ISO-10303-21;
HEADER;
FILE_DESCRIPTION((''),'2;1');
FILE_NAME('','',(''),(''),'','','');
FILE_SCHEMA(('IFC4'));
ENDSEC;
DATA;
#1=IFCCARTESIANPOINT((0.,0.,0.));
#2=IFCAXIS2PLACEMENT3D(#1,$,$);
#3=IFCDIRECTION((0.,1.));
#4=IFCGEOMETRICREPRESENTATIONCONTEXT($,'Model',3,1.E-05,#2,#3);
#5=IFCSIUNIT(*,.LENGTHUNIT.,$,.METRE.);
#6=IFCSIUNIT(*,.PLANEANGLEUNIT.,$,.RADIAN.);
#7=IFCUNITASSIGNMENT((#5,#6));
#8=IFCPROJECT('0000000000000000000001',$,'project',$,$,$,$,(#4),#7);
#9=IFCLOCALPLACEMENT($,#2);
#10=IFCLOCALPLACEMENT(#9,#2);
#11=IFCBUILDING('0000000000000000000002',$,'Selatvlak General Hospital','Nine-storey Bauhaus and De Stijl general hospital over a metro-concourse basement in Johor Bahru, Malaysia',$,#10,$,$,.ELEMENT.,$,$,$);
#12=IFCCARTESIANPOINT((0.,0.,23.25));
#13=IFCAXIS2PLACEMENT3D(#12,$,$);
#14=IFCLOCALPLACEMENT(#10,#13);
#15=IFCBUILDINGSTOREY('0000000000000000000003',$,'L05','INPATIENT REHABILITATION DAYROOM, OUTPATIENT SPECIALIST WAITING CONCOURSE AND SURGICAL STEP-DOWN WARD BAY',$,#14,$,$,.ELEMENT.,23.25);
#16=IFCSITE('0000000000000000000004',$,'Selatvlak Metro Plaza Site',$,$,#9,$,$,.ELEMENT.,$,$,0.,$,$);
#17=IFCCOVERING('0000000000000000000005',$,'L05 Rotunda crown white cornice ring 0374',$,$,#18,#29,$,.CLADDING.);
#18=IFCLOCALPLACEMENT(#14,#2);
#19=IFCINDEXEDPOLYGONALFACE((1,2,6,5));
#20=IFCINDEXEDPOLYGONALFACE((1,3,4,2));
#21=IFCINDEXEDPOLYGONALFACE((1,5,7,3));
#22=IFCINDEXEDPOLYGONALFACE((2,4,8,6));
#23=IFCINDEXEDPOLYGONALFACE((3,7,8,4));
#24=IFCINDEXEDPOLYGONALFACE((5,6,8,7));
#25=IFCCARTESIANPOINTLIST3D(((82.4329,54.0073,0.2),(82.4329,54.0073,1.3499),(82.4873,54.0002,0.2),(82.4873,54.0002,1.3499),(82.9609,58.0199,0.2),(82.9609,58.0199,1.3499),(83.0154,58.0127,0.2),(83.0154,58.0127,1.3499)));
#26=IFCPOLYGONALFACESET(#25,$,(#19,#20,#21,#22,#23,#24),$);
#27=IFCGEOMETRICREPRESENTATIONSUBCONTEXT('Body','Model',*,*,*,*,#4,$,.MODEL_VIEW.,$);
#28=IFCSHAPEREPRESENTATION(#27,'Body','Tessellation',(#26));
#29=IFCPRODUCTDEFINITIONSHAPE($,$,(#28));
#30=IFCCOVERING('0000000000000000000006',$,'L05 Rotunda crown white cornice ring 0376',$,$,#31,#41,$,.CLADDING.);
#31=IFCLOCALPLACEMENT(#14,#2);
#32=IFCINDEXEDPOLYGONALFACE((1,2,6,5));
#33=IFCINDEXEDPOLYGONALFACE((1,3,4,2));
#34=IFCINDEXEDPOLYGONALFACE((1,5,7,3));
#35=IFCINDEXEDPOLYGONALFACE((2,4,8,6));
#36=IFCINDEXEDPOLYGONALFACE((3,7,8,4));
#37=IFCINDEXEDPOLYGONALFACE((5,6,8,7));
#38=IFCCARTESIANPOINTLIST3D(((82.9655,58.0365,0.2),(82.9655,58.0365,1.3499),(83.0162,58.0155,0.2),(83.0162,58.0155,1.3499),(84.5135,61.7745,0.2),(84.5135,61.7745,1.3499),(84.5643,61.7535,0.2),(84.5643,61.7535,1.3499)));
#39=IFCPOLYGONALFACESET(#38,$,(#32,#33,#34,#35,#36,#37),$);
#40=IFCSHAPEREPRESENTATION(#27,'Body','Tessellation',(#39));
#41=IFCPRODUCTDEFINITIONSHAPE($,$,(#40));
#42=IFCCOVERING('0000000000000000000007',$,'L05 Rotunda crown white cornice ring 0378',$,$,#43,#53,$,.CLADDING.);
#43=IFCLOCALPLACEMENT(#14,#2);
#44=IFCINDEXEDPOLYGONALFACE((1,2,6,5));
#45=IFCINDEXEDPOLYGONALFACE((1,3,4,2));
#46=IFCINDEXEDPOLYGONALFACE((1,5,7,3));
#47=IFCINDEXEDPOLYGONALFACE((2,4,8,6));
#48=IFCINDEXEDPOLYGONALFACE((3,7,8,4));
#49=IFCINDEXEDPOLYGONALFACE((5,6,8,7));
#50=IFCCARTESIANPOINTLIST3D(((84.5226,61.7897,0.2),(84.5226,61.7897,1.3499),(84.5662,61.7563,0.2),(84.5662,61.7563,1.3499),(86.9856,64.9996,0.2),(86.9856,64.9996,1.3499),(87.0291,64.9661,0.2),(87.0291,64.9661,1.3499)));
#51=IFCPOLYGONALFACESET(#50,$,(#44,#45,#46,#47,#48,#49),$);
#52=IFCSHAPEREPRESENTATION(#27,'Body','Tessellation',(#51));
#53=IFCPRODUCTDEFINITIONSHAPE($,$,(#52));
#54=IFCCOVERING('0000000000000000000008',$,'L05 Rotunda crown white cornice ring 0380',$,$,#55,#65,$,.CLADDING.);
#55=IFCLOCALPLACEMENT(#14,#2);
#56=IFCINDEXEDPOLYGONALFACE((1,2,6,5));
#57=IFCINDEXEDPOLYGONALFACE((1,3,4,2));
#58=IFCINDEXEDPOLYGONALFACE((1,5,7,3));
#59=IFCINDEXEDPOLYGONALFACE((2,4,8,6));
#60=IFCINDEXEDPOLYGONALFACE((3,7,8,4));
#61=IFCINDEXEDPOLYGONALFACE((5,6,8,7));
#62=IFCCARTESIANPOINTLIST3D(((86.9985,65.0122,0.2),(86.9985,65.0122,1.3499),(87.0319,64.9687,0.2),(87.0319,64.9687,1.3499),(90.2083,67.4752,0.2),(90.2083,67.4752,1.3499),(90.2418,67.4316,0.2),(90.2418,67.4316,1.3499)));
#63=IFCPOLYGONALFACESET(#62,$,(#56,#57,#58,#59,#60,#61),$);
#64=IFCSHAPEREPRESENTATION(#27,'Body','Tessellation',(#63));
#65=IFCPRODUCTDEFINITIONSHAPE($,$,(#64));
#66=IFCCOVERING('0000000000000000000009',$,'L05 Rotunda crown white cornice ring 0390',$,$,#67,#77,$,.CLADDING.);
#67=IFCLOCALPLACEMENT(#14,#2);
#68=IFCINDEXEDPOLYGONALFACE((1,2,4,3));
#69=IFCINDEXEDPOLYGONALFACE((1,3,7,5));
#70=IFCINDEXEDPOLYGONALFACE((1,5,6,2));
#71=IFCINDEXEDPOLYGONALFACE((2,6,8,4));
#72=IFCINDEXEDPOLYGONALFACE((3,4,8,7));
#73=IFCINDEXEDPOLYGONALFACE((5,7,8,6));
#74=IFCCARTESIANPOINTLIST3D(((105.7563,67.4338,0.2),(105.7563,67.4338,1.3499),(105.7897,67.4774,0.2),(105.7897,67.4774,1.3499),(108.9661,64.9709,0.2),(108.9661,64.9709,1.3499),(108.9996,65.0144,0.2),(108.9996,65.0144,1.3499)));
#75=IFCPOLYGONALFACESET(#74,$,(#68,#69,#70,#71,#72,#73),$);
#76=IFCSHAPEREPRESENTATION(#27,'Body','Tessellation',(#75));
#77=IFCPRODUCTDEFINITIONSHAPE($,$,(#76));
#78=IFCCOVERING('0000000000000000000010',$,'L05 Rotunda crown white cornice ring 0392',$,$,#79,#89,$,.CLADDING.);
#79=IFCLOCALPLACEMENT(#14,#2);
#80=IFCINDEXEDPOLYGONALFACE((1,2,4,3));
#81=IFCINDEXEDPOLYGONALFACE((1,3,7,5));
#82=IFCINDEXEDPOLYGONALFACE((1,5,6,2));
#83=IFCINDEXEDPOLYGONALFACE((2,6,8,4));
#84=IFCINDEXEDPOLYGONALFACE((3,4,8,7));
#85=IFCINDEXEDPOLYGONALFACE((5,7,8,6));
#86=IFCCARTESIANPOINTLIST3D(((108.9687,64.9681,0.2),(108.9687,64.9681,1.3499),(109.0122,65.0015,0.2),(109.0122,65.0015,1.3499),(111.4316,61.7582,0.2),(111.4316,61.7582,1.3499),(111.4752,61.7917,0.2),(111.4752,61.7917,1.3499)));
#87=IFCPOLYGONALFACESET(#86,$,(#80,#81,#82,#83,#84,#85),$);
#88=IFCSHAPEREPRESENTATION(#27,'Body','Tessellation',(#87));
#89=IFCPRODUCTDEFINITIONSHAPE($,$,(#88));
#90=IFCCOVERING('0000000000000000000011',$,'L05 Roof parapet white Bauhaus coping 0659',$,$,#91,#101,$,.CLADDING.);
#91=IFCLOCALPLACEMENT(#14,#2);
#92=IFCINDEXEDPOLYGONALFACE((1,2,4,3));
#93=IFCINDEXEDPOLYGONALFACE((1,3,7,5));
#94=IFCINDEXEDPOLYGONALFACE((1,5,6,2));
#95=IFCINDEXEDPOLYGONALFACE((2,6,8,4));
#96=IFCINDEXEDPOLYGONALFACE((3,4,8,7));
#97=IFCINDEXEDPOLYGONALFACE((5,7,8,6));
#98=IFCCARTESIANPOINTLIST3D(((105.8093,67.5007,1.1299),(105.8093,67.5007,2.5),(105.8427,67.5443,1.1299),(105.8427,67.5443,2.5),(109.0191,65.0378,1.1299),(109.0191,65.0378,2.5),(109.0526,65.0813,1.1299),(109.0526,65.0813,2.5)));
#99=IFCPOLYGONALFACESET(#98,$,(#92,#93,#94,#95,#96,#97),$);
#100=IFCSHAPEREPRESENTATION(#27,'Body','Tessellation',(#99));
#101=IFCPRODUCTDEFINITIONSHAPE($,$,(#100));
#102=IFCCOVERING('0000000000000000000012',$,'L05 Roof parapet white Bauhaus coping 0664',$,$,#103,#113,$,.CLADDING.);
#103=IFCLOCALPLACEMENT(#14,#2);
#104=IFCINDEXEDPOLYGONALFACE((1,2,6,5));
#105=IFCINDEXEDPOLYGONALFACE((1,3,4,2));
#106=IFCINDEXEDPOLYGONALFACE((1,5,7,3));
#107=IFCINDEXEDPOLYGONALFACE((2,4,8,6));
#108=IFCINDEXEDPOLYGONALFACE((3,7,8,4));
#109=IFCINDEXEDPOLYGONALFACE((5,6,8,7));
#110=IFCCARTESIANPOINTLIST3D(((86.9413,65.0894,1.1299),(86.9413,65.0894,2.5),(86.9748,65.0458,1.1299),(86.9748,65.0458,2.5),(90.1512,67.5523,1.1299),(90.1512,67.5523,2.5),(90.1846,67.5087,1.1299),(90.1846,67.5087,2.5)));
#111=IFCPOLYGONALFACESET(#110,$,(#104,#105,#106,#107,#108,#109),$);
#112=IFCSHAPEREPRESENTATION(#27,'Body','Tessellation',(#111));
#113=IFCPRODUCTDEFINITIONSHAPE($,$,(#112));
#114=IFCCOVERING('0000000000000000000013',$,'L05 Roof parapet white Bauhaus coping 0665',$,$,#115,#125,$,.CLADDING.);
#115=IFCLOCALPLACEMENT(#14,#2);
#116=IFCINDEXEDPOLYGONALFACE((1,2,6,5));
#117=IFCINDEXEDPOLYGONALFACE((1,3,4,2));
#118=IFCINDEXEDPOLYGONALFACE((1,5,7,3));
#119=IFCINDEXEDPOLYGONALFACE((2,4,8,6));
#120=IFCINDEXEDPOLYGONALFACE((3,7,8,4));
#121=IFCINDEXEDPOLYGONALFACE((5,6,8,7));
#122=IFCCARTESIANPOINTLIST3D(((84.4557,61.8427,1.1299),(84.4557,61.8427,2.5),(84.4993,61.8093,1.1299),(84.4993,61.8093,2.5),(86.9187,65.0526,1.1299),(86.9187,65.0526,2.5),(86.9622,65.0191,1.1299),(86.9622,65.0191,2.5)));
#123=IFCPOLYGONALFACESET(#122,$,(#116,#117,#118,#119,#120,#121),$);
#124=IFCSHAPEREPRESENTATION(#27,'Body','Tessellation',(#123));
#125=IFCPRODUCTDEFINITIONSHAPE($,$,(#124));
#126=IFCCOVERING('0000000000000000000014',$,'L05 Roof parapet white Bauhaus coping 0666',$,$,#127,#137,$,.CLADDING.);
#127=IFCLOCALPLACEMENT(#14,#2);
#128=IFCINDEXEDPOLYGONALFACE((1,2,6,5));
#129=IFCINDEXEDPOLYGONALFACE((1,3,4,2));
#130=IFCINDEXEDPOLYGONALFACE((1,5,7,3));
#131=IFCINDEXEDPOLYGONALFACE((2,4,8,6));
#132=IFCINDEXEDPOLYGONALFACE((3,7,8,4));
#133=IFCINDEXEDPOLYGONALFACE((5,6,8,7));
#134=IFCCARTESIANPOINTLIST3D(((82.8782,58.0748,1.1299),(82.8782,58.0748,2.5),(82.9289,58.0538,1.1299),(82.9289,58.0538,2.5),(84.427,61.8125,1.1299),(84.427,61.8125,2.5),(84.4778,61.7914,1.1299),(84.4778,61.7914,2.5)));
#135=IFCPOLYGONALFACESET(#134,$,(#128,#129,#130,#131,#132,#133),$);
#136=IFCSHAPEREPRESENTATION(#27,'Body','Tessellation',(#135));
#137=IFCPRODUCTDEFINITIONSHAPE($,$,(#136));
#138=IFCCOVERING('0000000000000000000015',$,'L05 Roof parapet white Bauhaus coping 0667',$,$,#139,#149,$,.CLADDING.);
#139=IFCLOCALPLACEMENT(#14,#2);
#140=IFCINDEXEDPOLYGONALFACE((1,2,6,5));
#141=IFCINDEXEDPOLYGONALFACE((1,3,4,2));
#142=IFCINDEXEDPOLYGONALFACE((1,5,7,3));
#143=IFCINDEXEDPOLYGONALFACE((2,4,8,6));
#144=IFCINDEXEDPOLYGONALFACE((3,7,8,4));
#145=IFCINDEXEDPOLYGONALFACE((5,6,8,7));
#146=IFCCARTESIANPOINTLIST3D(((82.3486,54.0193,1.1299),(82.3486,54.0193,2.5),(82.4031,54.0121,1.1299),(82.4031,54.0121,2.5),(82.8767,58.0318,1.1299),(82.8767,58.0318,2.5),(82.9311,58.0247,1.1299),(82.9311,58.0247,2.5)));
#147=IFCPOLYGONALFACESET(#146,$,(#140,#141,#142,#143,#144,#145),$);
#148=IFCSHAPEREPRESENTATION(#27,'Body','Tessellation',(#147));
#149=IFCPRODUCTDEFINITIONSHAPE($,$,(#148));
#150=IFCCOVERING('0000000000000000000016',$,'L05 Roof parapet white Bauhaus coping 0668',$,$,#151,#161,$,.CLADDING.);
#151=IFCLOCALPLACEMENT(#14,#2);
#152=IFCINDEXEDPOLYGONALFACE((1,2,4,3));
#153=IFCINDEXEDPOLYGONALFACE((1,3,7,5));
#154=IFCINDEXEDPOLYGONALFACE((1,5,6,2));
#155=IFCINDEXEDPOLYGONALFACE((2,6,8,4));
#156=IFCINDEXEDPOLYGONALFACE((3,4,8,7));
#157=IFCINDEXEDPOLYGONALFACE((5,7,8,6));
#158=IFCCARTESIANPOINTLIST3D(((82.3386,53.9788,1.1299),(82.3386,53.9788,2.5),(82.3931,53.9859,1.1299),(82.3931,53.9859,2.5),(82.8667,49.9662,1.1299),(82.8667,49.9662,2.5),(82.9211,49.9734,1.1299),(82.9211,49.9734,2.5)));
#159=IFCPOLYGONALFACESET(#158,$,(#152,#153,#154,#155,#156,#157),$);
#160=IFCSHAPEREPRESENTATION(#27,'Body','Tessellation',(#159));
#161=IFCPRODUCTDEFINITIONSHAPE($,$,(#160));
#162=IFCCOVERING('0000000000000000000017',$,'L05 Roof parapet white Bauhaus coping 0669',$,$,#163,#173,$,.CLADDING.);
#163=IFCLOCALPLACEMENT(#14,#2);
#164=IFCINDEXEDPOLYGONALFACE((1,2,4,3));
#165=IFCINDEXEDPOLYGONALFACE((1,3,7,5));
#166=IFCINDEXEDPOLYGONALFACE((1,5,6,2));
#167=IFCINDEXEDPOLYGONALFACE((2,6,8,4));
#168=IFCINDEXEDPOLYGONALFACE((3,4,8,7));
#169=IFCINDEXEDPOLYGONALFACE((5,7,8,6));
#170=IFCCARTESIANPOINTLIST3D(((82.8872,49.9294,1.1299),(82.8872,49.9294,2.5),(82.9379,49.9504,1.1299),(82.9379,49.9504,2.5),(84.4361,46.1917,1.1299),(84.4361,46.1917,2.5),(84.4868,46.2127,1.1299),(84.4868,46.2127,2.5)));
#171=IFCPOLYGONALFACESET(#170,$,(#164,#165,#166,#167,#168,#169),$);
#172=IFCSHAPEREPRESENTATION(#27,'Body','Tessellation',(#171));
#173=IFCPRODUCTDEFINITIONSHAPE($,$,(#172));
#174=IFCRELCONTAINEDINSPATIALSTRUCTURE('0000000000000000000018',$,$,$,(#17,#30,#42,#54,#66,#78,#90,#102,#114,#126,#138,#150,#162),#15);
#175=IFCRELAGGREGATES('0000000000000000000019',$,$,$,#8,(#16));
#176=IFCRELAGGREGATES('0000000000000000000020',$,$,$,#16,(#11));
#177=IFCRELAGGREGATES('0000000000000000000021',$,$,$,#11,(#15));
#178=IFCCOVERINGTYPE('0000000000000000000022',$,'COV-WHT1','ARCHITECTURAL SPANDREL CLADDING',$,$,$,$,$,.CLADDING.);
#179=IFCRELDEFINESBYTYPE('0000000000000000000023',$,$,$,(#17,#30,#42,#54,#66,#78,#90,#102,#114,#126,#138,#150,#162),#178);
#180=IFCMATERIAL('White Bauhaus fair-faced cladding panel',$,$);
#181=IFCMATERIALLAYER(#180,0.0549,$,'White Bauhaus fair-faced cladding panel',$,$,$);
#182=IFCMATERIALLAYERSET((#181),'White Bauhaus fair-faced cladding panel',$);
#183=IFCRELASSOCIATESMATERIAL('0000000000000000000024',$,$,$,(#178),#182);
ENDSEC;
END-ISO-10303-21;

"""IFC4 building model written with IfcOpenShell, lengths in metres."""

from ifc_helpers import new_model, si_unit, direction, frame, origin, origin_2d, place, context, subcontext, project, spatial, rectangle, extrude, material, layer, layer_set, type_object, element, save


model = new_model("IFC4")

# Units and contexts
model_context = context("Model", 3, precision=1e-05, world=origin(), true_north=direction((0.0, 1.0)))
body_context = subcontext(model_context, "Body", "Model", "MODEL_VIEW")
ifc_project = project(units=[si_unit("LENGTHUNIT", "METRE"), si_unit("PLANEANGLEUNIT", "RADIAN")], contexts=[model_context])

# Site, building, storey
site_placement = place(None, origin())
site = spatial("IfcSite", under=ifc_project, at=site_placement, Name="Selatvlak Metro Plaza Site", CompositionType="ELEMENT", RefElevation=0.0)
building_placement = place(site_placement, origin())
building = spatial("IfcBuilding", under=site, at=building_placement, Name="Selatvlak General Hospital", Description="Nine-storey Bauhaus and De Stijl general hospital over a metro-concourse basement in Johor Bahru, Malaysia", CompositionType="ELEMENT")
storey_placement = place(building_placement, frame((0.0, 0.0, 23.25)))
storey = spatial("IfcBuildingStorey", under=building, at=storey_placement, Name="L05", Description="INPATIENT REHABILITATION DAYROOM, OUTPATIENT SPECIALIST WAITING CONCOURSE AND SURGICAL STEP-DOWN WARD BAY", CompositionType="ELEMENT", Elevation=23.25)

# Coverings
ifc_material_1 = material(Name="White Bauhaus fair-faced cladding panel")
ifc_layer_1 = layer(ifc_material_1, 0.0549, Name="White Bauhaus fair-faced cladding panel")
ifc_layer_set_1 = layer_set([ifc_layer_1], Name="White Bauhaus fair-faced cladding panel")
covering_type = type_object("IfcCoveringType", Name="COV-WHT1", Description="ARCHITECTURAL SPANDREL CLADDING", PredefinedType="CLADDING", material=ifc_layer_set_1)
for number, where, z_axis, x_axis, name in (
    (1, (82.7241, 56.01, 0.2), (0.0, 0.0, 1.0), (0.130474, 0.991452, 0.0), "L05 Rotunda crown white cornice ring 0374"),
):
    element("IfcCovering", number, at=place(storey_placement, frame(where, z_axis=z_axis, x_axis=x_axis)), inside=storey, type_object=covering_type, Name=name, PredefinedType="CLADDING", context=body_context, shape_type="SweptSolid", body=[
        extrude(rectangle(XDim=4.0471, YDim=0.0549, at=origin_2d()), origin(), (0.0, 0.0, 1.0), 1.1499),
    ])
for number, where, z_axis, x_axis, name in (
    (2, (83.7649, 59.895, 0.2), (0.0, 0.0, 1.0), (0.382619, 0.923906, 0.0), "L05 Rotunda crown white cornice ring 0376"),
    (3, (85.7759, 63.3779, 0.2), (0.0, 0.0, 1.0), (0.608748, 0.793364, 0.0), "L05 Rotunda crown white cornice ring 0378"),
    (4, (88.6201, 66.2219, 0.2), (0.0, 0.0, 1.0), (0.793364, 0.608748, 0.0), "L05 Rotunda crown white cornice ring 0380"),
    (5, (107.3779, 66.2241, 0.2), (0.0, 0.0, 1.0), (0.793364, -0.608748, 0.0), "L05 Rotunda crown white cornice ring 0390"),
    (6, (110.2219, 63.3799, 0.2), (0.0, 0.0, 1.0), (0.608748, -0.793364, 0.0), "L05 Rotunda crown white cornice ring 0392"),
):
    element("IfcCovering", number, at=place(storey_placement, frame(where, z_axis=z_axis, x_axis=x_axis)), inside=storey, type_object=covering_type, Name=name, PredefinedType="CLADDING", context=body_context, shape_type="SweptSolid", body=[
        extrude(rectangle(XDim=4.0459, YDim=0.0549, at=origin_2d()), origin(), (0.0, 0.0, 1.0), 1.1499),
    ])
for number, where, z_axis, x_axis, name in (
    (7, (107.4309, 66.291, 1.1299), (0.0, 0.0, 1.0), (-0.793364, 0.608748, 0.0), "L05 Roof parapet white Bauhaus coping 0659"),
    (8, (88.563, 66.2991, 1.1299), (0.0, 0.0, 1.0), (-0.793364, -0.608748, 0.0), "L05 Roof parapet white Bauhaus coping 0664"),
    (9, (85.709, 63.4309, 1.1299), (0.0, 0.0, 1.0), (-0.608748, -0.793364, 0.0), "L05 Roof parapet white Bauhaus coping 0665"),
    (10, (83.678, 59.9331, 1.1299), (0.0, 0.0, 1.0), (-0.382829, -0.923819, 0.0), "L05 Roof parapet white Bauhaus coping 0666"),
):
    element("IfcCovering", number, at=place(storey_placement, frame(where, z_axis=z_axis, x_axis=x_axis)), inside=storey, type_object=covering_type, Name=name, PredefinedType="CLADDING", context=body_context, shape_type="SweptSolid", body=[
        extrude(rectangle(XDim=4.0459, YDim=0.0549, at=origin_2d()), origin(), (0.0, 0.0, 1.0), 1.3701),
    ])
for number, where, z_axis, x_axis, name in (
    (11, (82.6399, 56.022, 1.1299), (0.0, 0.0, 1.0), (-0.130474, -0.991452, 0.0), "L05 Roof parapet white Bauhaus coping 0667"),
    (12, (82.6299, 51.9761, 1.1299), (0.0, 0.0, 1.0), (0.130474, -0.991452, 0.0), "L05 Roof parapet white Bauhaus coping 0668"),
):
    element("IfcCovering", number, at=place(storey_placement, frame(where, z_axis=z_axis, x_axis=x_axis)), inside=storey, type_object=covering_type, Name=name, PredefinedType="CLADDING", context=body_context, shape_type="SweptSolid", body=[
        extrude(rectangle(XDim=4.0471, YDim=0.0549, at=origin_2d()), origin(), (0.0, 0.0, 1.0), 1.3701),
    ])
covering_1_placement = place(storey_placement, frame((83.687, 48.071, 1.1299), z_axis=(0.0, 0.0, 1.0), x_axis=(0.382829, -0.923819, 0.0)))
element("IfcCovering", 13, at=covering_1_placement, inside=storey, type_object=covering_type, Name="L05 Roof parapet white Bauhaus coping 0669", PredefinedType="CLADDING", context=body_context, shape_type="SweptSolid", body=[
    extrude(rectangle(XDim=4.0459, YDim=0.0549, at=origin_2d()), origin(), (0.0, 0.0, 1.0), 1.3701),
])

save(model, "model.ifc")
